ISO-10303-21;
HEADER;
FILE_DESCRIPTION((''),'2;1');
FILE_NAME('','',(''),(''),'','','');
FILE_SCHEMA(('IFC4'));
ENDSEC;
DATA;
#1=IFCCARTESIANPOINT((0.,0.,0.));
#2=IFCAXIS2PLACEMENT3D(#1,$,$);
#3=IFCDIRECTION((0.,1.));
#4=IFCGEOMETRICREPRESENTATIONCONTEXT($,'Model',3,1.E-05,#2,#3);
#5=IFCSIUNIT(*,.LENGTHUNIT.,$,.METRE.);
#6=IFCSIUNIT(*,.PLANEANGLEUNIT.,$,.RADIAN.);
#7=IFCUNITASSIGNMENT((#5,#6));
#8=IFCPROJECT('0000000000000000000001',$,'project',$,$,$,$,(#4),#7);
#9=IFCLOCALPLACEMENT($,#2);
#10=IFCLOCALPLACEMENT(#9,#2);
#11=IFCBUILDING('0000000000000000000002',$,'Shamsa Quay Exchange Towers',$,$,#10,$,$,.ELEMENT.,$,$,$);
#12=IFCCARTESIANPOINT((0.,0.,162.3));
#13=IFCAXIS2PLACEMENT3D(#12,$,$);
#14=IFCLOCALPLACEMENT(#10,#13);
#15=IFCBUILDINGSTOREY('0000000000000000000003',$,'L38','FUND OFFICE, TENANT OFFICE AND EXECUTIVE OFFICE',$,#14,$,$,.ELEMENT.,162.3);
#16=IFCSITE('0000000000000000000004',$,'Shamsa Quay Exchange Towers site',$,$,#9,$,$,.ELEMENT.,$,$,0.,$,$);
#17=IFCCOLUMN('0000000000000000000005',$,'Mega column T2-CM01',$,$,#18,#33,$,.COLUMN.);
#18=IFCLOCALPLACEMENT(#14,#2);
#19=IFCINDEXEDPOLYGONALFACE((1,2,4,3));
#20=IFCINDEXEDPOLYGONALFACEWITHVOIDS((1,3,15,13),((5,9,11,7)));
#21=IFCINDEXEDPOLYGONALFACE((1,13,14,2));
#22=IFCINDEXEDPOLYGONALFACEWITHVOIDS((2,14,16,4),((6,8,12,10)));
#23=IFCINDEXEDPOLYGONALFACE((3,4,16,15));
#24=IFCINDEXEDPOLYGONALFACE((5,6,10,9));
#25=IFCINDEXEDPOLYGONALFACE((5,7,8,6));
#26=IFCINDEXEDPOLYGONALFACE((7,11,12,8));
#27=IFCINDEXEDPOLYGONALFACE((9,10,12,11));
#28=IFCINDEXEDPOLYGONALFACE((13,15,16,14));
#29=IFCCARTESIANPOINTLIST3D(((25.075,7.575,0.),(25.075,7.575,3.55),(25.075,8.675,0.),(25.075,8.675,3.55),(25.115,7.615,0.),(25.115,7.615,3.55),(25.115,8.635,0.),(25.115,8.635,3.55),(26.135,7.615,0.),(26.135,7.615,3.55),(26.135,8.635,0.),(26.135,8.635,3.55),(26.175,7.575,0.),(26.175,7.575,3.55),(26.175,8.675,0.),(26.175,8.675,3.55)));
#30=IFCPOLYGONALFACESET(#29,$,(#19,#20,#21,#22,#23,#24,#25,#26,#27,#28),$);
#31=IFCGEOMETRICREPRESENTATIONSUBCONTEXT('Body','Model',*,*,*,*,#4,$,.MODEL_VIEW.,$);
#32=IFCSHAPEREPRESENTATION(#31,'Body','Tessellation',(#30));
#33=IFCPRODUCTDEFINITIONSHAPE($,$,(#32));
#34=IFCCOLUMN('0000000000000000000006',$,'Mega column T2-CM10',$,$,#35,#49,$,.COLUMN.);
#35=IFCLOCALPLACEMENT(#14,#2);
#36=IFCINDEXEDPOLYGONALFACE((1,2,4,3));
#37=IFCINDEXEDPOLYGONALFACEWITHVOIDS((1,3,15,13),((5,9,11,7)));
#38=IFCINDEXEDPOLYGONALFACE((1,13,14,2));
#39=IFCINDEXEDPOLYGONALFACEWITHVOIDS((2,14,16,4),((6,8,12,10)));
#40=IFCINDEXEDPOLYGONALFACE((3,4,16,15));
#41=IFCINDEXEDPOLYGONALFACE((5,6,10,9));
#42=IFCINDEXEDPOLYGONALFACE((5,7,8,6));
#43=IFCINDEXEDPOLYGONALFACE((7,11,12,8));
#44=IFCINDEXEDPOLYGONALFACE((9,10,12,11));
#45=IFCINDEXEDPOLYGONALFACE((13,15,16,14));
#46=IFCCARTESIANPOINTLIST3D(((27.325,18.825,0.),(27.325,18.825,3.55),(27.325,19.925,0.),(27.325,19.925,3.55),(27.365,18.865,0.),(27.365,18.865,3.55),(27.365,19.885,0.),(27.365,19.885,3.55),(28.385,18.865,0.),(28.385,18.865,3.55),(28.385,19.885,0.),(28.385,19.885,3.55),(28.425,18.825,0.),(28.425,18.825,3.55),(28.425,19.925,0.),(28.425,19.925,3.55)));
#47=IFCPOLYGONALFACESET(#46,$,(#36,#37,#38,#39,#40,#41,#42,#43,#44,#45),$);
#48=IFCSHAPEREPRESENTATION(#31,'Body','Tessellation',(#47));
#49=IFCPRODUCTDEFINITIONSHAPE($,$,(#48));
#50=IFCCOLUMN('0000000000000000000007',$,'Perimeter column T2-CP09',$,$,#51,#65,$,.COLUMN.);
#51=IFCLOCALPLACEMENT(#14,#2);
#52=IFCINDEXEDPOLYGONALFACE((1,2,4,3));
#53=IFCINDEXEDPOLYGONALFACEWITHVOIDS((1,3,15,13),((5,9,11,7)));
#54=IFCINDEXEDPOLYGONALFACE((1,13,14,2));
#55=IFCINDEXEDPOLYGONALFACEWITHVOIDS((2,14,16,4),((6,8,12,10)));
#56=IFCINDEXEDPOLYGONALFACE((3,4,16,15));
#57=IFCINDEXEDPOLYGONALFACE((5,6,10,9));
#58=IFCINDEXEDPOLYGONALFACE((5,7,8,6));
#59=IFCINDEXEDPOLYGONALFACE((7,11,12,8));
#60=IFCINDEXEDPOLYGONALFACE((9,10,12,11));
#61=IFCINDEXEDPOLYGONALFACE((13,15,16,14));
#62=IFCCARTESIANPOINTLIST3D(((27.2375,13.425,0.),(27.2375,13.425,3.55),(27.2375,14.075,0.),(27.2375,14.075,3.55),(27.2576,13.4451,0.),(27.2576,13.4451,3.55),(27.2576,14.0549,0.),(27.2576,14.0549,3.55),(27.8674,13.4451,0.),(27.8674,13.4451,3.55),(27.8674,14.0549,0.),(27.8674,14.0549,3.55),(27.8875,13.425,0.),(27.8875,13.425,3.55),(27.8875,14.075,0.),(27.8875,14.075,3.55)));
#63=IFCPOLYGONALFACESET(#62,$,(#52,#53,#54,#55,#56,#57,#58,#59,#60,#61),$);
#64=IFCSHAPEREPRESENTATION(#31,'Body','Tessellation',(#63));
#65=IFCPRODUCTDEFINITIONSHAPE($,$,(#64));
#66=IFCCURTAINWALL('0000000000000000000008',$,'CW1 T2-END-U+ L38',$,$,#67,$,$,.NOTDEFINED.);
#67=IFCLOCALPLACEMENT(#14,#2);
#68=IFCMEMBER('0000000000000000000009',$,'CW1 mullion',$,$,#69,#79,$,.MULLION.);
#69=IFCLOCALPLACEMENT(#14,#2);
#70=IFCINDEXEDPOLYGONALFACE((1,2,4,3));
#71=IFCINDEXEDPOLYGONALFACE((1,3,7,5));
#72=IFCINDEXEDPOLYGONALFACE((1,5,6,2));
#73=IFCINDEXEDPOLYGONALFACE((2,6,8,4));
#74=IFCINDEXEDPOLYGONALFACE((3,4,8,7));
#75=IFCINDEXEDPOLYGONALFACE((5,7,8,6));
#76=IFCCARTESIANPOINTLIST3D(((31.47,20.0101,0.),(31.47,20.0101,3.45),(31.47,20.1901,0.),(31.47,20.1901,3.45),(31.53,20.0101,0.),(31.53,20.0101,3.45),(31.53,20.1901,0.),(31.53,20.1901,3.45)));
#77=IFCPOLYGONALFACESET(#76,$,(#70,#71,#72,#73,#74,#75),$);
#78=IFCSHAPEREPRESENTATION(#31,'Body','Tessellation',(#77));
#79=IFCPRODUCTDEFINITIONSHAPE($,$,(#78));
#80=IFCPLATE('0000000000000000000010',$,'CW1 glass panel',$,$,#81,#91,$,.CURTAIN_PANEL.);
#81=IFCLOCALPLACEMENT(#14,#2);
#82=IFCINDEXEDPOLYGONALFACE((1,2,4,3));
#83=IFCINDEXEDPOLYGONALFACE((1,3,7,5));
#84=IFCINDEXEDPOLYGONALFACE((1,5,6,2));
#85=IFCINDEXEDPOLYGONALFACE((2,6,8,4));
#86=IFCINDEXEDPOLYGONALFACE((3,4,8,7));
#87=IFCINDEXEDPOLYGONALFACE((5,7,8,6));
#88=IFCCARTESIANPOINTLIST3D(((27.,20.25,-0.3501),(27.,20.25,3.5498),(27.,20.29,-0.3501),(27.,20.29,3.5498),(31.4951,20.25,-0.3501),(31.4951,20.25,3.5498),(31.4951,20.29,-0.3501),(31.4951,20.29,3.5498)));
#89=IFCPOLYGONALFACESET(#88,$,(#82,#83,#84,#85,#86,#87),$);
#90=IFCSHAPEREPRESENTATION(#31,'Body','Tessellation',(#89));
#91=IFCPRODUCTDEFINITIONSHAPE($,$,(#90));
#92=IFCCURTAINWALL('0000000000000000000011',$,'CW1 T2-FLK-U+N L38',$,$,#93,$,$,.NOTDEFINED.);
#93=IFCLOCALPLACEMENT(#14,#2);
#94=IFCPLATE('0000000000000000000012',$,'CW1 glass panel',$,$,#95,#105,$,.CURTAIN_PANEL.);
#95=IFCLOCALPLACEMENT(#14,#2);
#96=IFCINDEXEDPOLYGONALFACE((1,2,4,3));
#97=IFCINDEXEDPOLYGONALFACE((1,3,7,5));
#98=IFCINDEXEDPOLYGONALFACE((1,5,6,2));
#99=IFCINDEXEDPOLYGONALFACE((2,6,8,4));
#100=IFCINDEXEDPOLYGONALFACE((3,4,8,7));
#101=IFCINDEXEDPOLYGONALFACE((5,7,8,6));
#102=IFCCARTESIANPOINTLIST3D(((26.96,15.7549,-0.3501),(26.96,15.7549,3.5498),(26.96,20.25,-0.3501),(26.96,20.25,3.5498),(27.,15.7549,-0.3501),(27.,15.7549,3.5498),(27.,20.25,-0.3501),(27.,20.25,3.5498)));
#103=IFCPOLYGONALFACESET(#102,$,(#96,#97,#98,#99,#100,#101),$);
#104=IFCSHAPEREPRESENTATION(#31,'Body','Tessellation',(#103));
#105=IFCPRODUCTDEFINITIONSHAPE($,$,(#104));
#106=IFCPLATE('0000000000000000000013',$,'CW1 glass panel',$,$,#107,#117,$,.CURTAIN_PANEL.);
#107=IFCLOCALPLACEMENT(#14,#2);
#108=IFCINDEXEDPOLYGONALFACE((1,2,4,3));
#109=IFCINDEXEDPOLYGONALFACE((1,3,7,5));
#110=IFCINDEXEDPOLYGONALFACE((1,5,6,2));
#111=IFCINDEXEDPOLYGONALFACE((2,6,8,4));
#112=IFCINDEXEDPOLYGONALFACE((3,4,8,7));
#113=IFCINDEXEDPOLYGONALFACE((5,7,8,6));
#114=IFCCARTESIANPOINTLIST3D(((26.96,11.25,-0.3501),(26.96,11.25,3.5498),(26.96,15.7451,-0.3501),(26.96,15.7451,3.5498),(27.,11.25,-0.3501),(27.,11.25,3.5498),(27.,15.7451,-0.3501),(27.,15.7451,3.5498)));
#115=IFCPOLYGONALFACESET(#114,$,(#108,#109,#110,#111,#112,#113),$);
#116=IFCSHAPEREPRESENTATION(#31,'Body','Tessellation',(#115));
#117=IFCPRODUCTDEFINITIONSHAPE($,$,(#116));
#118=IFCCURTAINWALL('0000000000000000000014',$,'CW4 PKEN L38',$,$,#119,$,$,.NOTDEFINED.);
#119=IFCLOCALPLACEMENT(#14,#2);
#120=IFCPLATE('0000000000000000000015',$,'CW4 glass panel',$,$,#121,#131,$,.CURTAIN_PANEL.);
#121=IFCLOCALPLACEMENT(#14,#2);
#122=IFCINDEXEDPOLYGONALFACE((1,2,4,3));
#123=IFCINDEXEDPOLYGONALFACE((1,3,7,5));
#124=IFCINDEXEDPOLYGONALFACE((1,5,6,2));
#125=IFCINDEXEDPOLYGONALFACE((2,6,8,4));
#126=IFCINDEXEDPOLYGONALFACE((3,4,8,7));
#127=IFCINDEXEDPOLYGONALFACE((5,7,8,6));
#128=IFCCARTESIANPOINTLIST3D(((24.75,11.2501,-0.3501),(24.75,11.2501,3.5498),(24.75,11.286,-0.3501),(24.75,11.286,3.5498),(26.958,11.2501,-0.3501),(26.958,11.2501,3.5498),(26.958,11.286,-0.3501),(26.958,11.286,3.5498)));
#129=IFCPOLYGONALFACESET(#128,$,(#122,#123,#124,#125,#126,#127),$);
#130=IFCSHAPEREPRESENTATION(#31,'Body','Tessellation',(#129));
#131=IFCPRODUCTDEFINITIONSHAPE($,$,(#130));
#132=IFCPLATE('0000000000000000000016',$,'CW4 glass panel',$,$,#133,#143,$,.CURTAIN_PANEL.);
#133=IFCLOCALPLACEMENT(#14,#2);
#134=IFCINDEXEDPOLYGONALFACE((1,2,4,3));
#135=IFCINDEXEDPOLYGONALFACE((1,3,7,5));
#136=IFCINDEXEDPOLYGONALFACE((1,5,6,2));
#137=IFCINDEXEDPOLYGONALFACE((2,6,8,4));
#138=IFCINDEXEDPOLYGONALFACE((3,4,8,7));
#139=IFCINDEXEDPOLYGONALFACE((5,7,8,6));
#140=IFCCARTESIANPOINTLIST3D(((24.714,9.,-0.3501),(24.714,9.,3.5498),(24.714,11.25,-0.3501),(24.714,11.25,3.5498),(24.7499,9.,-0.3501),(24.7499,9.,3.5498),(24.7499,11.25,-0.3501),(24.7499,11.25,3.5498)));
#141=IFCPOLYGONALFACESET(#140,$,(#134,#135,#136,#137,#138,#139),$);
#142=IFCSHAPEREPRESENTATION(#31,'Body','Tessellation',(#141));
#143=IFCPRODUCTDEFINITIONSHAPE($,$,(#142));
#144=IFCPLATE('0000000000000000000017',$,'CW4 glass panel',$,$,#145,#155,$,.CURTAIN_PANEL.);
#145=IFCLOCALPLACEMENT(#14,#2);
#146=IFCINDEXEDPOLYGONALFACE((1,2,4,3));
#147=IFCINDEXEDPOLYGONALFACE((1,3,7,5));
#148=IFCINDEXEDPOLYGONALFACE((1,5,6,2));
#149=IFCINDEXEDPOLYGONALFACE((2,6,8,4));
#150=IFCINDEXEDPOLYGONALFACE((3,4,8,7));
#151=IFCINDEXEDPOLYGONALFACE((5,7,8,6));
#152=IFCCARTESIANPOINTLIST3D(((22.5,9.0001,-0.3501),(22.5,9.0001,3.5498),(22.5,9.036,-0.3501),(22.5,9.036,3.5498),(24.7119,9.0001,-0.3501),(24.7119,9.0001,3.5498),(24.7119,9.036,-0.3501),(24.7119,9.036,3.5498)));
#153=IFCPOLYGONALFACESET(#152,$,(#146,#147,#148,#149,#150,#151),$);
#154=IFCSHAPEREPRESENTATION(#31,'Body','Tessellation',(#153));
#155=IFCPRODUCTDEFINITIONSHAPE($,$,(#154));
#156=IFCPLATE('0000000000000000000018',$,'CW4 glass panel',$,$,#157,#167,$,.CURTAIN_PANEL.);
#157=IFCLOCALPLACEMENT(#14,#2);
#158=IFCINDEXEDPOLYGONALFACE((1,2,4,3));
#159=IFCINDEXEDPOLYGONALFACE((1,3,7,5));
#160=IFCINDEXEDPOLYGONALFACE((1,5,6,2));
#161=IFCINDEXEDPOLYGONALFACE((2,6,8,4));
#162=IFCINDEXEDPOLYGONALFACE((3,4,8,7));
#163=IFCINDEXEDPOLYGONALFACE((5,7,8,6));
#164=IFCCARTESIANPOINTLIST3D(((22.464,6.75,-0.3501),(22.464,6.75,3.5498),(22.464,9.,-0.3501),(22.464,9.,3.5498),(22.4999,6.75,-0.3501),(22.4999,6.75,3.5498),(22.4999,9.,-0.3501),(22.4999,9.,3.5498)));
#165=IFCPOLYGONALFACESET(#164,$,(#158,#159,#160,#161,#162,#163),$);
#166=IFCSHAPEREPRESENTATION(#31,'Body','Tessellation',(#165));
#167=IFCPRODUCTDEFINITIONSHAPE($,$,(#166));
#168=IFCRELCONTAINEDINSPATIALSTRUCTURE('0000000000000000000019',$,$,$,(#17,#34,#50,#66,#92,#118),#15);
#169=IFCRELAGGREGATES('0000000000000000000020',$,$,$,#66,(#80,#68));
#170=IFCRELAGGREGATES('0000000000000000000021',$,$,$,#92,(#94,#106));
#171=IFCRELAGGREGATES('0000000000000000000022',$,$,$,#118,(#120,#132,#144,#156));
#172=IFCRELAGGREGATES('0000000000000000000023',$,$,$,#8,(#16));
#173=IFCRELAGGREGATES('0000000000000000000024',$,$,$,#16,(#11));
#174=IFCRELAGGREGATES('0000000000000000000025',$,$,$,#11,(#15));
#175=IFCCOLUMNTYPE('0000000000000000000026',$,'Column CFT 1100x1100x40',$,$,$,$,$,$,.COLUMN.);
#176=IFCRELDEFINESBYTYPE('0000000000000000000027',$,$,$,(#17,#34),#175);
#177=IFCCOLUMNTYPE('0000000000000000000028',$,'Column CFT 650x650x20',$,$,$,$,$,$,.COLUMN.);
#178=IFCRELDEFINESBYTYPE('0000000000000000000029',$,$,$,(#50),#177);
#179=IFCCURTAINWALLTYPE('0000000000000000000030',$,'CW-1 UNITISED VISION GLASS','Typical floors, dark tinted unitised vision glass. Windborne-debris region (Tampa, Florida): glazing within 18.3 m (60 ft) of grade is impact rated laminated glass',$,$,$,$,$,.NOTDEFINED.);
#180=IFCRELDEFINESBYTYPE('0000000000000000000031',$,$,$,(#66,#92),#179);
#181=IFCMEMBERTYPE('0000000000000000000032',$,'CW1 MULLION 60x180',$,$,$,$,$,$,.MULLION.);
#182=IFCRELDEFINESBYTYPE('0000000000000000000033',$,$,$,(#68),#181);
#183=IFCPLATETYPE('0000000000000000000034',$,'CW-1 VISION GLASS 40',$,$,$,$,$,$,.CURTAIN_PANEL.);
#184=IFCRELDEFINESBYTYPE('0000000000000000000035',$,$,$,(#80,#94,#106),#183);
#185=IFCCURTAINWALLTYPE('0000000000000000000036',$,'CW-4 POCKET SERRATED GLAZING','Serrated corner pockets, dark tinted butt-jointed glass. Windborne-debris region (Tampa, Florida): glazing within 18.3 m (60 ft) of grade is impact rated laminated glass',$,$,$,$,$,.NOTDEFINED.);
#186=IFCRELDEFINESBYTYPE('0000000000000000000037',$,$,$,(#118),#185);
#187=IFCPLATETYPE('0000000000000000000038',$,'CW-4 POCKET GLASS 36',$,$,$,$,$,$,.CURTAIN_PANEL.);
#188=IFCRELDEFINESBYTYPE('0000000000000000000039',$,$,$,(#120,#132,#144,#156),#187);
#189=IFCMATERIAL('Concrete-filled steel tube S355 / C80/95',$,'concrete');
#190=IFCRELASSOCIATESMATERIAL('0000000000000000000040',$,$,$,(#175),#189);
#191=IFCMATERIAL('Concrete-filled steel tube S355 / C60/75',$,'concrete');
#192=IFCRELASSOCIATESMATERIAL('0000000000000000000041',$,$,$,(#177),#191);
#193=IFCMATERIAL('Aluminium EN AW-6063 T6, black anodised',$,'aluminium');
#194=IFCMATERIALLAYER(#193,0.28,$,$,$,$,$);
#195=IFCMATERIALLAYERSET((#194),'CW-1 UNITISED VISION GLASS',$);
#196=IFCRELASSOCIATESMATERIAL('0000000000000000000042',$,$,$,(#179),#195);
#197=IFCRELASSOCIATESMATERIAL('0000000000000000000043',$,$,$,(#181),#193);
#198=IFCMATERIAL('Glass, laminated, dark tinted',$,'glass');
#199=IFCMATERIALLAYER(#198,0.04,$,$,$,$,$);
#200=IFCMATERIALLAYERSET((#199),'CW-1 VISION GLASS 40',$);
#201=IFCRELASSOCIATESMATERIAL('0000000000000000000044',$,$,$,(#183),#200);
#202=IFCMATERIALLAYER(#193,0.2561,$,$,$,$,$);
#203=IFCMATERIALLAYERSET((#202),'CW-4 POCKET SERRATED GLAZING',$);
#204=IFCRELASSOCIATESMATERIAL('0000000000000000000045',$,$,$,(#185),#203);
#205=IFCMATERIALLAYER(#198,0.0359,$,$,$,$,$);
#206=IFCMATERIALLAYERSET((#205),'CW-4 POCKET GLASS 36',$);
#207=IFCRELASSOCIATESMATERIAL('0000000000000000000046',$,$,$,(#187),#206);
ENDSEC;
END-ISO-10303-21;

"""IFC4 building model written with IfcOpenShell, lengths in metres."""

from ifc_helpers import new_model, si_unit, direction, frame, origin, origin_2d, place, context, subcontext, project, spatial, rectangle, hollow_rectangle, extrude, material, layer, layer_set, material_profile, profile_set, type_object, element, aggregate, save


model = new_model("IFC4")

# Units and contexts
model_context = context("Model", 3, precision=1e-05, world=origin(), true_north=direction((0.0, 1.0)))
body_context = subcontext(model_context, "Body", "Model", "MODEL_VIEW")
ifc_project = project(units=[si_unit("LENGTHUNIT", "METRE"), si_unit("PLANEANGLEUNIT", "RADIAN")], contexts=[model_context])

# Site, building, storey
site_placement = place(None, origin())
site = spatial("IfcSite", under=ifc_project, at=site_placement, Name="Shamsa Quay Exchange Towers site", CompositionType="ELEMENT", RefElevation=0.0)
building_placement = place(site_placement, origin())
building = spatial("IfcBuilding", under=site, at=building_placement, Name="Shamsa Quay Exchange Towers", CompositionType="ELEMENT")
storey_placement = place(building_placement, frame((0.0, 0.0, 162.3)))
storey = spatial("IfcBuildingStorey", under=building, at=storey_placement, Name="L38", Description="FUND OFFICE, TENANT OFFICE AND EXECUTIVE OFFICE", CompositionType="ELEMENT", Elevation=162.3)

# Columns
ifc_material_1 = material(Name="Concrete-filled steel tube S355 / C80/95", Category="concrete")
ifc_material_profile_1 = material_profile(ifc_material_1, hollow_rectangle(XDim=1.1001, YDim=1.1001, WallThickness=0.04, at=origin_2d()), Name="CFT 1100x1100x40")
ifc_profile_set_1 = profile_set([ifc_material_profile_1], Name="Concrete-filled steel tube S355 / C80/95")
column_type_1 = type_object("IfcColumnType", Name="Column CFT 1100x1100x40", PredefinedType="COLUMN", material=ifc_profile_set_1)
for number, where, name in (
    (1, (25.625, 8.125, 0.0), "Mega column T2-CM01"),
    (2, (27.875, 19.375, 0.0), "Mega column T2-CM10"),
):
    element("IfcColumn", number, at=place(storey_placement, frame(where)), inside=storey, type_object=column_type_1, Name=name, PredefinedType="COLUMN", context=body_context, shape_type="SweptSolid", body=[
        extrude(hollow_rectangle(XDim=1.1001, YDim=1.1001, WallThickness=0.04, at=origin_2d()), origin(), (0.0, 0.0, 1.0), 3.55),
    ])
ifc_material_2 = material(Name="Concrete-filled steel tube S355 / C60/75", Category="concrete")
ifc_material_profile_2 = material_profile(ifc_material_2, hollow_rectangle(XDim=0.6499, YDim=0.6499, WallThickness=0.02, at=origin_2d()), Name="CFT 650x650x20")
ifc_profile_set_2 = profile_set([ifc_material_profile_2], Name="Concrete-filled steel tube S355 / C60/75")
column_type_2 = type_object("IfcColumnType", Name="Column CFT 650x650x20", PredefinedType="COLUMN", material=ifc_profile_set_2)
column_placement = place(storey_placement, frame((27.5625, 13.75, 0.0)))
element("IfcColumn", 3, at=column_placement, inside=storey, type_object=column_type_2, Name="Perimeter column T2-CP09", PredefinedType="COLUMN", context=body_context, shape_type="SweptSolid", body=[
    extrude(hollow_rectangle(XDim=0.6499, YDim=0.6499, WallThickness=0.02, at=origin_2d()), origin(), (0.0, 0.0, 1.0), 3.55),
])

# Curtain wall, member, plate
ifc_material_3 = material(Name="Aluminium EN AW-6063 T6, black anodised", Category="aluminium")
ifc_layer_1 = layer(ifc_material_3, 0.28)
ifc_layer_set_1 = layer_set([ifc_layer_1], Name="CW-1 UNITISED VISION GLASS")
curtain_wall_type_1 = type_object("IfcCurtainWallType", Name="CW-1 UNITISED VISION GLASS", Description="Typical floors, dark tinted unitised vision glass. Windborne-debris region (Tampa, Florida): glazing within 18.3 m (60 ft) of grade is impact rated laminated glass", PredefinedType="NOTDEFINED", material=ifc_layer_set_1)
curtain_wall_1_placement = place(storey_placement, origin())
curtain_wall_1 = element("IfcCurtainWall", 4, at=curtain_wall_1_placement, inside=storey, type_object=curtain_wall_type_1, Name="CW1 T2-END-U+ L38", PredefinedType="NOTDEFINED")
ifc_material_profile_3 = material_profile(ifc_material_3, rectangle(XDim=0.1799, YDim=0.0601, at=origin_2d()), Name="MU60x180")
ifc_profile_set_3 = profile_set([ifc_material_profile_3], Name="Aluminium EN AW-6063 T6, black anodised")
member_type = type_object("IfcMemberType", Name="CW1 MULLION 60x180", PredefinedType="MULLION", material=ifc_profile_set_3)
member_placement = place(storey_placement, frame((31.5, 20.1001, 0.0), z_axis=(0.0, 0.0, 1.0), x_axis=(0.0, -1.0, 0.0)))
member = element("IfcMember", 5, at=member_placement, type_object=member_type, Name="CW1 mullion", PredefinedType="MULLION", context=body_context, shape_type="SweptSolid", body=[
    extrude(rectangle(XDim=0.1799, YDim=0.0601, at=origin_2d()), origin(), (0.0, 0.0, 1.0), 3.45),
])
ifc_material_4 = material(Name="Glass, laminated, dark tinted", Category="glass")
ifc_layer_2 = layer(ifc_material_4, 0.04)
ifc_layer_set_2 = layer_set([ifc_layer_2], Name="CW-1 VISION GLASS 40")
plate_type_1 = type_object("IfcPlateType", Name="CW-1 VISION GLASS 40", PredefinedType="CURTAIN_PANEL", material=ifc_layer_set_2)
plate_1_placement = place(storey_placement, frame((29.2476, 20.27, -0.3501), z_axis=(0.0, 0.0, 1.0), x_axis=(-1.0, 0.0, 0.0)))
plate_1 = element("IfcPlate", 6, at=plate_1_placement, type_object=plate_type_1, Name="CW1 glass panel", PredefinedType="CURTAIN_PANEL", context=body_context, shape_type="SweptSolid", body=[
    extrude(rectangle(XDim=4.4951, YDim=0.04, at=origin_2d()), origin(), (0.0, 0.0, 1.0), 3.8999),
])
aggregate(curtain_wall_1, [plate_1, member])

# Curtain walls, plates
curtain_wall_2_placement = place(storey_placement, origin())
curtain_wall_2 = element("IfcCurtainWall", 7, at=curtain_wall_2_placement, inside=storey, type_object=curtain_wall_type_1, Name="CW1 T2-FLK-U+N L38", PredefinedType="NOTDEFINED")
plate_2_placement = place(storey_placement, frame((26.98, 18.0024, -0.3501), z_axis=(0.0, 0.0, 1.0), x_axis=(0.0, -1.0, 0.0)))
plate_2 = element("IfcPlate", 8, at=plate_2_placement, type_object=plate_type_1, Name="CW1 glass panel", PredefinedType="CURTAIN_PANEL", context=body_context, shape_type="SweptSolid", body=[
    extrude(rectangle(XDim=4.4951, YDim=0.04, at=origin_2d()), origin(), (0.0, 0.0, 1.0), 3.8999),
])
plate_3_placement = place(storey_placement, frame((26.98, 13.4976, -0.3501), z_axis=(0.0, 0.0, 1.0), x_axis=(0.0, -1.0, 0.0)))
plate_3 = element("IfcPlate", 9, at=plate_3_placement, type_object=plate_type_1, Name="CW1 glass panel", PredefinedType="CURTAIN_PANEL", context=body_context, shape_type="SweptSolid", body=[
    extrude(rectangle(XDim=4.4951, YDim=0.04, at=origin_2d()), origin(), (0.0, 0.0, 1.0), 3.8999),
])
aggregate(curtain_wall_2, [plate_2, plate_3])
ifc_layer_3 = layer(ifc_material_3, 0.2561)
ifc_layer_set_3 = layer_set([ifc_layer_3], Name="CW-4 POCKET SERRATED GLAZING")
curtain_wall_type_2 = type_object("IfcCurtainWallType", Name="CW-4 POCKET SERRATED GLAZING", Description="Serrated corner pockets, dark tinted butt-jointed glass. Windborne-debris region (Tampa, Florida): glazing within 18.3 m (60 ft) of grade is impact rated laminated glass", PredefinedType="NOTDEFINED", material=ifc_layer_set_3)
curtain_wall_3_placement = place(storey_placement, origin())
curtain_wall_3 = element("IfcCurtainWall", 10, at=curtain_wall_3_placement, inside=storey, type_object=curtain_wall_type_2, Name="CW4 PKEN L38", PredefinedType="NOTDEFINED")
ifc_layer_4 = layer(ifc_material_4, 0.0359)
ifc_layer_set_4 = layer_set([ifc_layer_4], Name="CW-4 POCKET GLASS 36")
plate_type_2 = type_object("IfcPlateType", Name="CW-4 POCKET GLASS 36", PredefinedType="CURTAIN_PANEL", material=ifc_layer_set_4)
plate_4_placement = place(storey_placement, frame((25.854, 11.2681, -0.3501), z_axis=(0.0, 0.0, 1.0), x_axis=(-1.0, 0.0, 0.0)))
plate_4 = element("IfcPlate", 11, at=plate_4_placement, type_object=plate_type_2, Name="CW4 glass panel", PredefinedType="CURTAIN_PANEL", context=body_context, shape_type="SweptSolid", body=[
    extrude(rectangle(XDim=2.208, YDim=0.0359, at=origin_2d()), origin(), (0.0, 0.0, 1.0), 3.8999),
])
plate_5_placement = place(storey_placement, frame((24.7319, 10.125, -0.3501), z_axis=(0.0, 0.0, 1.0), x_axis=(0.0, -1.0, 0.0)))
plate_5 = element("IfcPlate", 12, at=plate_5_placement, type_object=plate_type_2, Name="CW4 glass panel", PredefinedType="CURTAIN_PANEL", context=body_context, shape_type="SweptSolid", body=[
    extrude(rectangle(XDim=2.25, YDim=0.0359, at=origin_2d()), origin(), (0.0, 0.0, 1.0), 3.8999),
])
plate_6_placement = place(storey_placement, frame((23.606, 9.0181, -0.3501), z_axis=(0.0, 0.0, 1.0), x_axis=(-1.0, 0.0, 0.0)))
plate_6 = element("IfcPlate", 13, at=plate_6_placement, type_object=plate_type_2, Name="CW4 glass panel", PredefinedType="CURTAIN_PANEL", context=body_context, shape_type="SweptSolid", body=[
    extrude(rectangle(XDim=2.2119, YDim=0.0359, at=origin_2d()), origin(), (0.0, 0.0, 1.0), 3.8999),
])
plate_7_placement = place(storey_placement, frame((22.4819, 7.875, -0.3501), z_axis=(0.0, 0.0, 1.0), x_axis=(0.0, -1.0, 0.0)))
plate_7 = element("IfcPlate", 14, at=plate_7_placement, type_object=plate_type_2, Name="CW4 glass panel", PredefinedType="CURTAIN_PANEL", context=body_context, shape_type="SweptSolid", body=[
    extrude(rectangle(XDim=2.25, YDim=0.0359, at=origin_2d()), origin(), (0.0, 0.0, 1.0), 3.8999),
])
aggregate(curtain_wall_3, [plate_4, plate_5, plate_6, plate_7])

save(model, "model.ifc")
